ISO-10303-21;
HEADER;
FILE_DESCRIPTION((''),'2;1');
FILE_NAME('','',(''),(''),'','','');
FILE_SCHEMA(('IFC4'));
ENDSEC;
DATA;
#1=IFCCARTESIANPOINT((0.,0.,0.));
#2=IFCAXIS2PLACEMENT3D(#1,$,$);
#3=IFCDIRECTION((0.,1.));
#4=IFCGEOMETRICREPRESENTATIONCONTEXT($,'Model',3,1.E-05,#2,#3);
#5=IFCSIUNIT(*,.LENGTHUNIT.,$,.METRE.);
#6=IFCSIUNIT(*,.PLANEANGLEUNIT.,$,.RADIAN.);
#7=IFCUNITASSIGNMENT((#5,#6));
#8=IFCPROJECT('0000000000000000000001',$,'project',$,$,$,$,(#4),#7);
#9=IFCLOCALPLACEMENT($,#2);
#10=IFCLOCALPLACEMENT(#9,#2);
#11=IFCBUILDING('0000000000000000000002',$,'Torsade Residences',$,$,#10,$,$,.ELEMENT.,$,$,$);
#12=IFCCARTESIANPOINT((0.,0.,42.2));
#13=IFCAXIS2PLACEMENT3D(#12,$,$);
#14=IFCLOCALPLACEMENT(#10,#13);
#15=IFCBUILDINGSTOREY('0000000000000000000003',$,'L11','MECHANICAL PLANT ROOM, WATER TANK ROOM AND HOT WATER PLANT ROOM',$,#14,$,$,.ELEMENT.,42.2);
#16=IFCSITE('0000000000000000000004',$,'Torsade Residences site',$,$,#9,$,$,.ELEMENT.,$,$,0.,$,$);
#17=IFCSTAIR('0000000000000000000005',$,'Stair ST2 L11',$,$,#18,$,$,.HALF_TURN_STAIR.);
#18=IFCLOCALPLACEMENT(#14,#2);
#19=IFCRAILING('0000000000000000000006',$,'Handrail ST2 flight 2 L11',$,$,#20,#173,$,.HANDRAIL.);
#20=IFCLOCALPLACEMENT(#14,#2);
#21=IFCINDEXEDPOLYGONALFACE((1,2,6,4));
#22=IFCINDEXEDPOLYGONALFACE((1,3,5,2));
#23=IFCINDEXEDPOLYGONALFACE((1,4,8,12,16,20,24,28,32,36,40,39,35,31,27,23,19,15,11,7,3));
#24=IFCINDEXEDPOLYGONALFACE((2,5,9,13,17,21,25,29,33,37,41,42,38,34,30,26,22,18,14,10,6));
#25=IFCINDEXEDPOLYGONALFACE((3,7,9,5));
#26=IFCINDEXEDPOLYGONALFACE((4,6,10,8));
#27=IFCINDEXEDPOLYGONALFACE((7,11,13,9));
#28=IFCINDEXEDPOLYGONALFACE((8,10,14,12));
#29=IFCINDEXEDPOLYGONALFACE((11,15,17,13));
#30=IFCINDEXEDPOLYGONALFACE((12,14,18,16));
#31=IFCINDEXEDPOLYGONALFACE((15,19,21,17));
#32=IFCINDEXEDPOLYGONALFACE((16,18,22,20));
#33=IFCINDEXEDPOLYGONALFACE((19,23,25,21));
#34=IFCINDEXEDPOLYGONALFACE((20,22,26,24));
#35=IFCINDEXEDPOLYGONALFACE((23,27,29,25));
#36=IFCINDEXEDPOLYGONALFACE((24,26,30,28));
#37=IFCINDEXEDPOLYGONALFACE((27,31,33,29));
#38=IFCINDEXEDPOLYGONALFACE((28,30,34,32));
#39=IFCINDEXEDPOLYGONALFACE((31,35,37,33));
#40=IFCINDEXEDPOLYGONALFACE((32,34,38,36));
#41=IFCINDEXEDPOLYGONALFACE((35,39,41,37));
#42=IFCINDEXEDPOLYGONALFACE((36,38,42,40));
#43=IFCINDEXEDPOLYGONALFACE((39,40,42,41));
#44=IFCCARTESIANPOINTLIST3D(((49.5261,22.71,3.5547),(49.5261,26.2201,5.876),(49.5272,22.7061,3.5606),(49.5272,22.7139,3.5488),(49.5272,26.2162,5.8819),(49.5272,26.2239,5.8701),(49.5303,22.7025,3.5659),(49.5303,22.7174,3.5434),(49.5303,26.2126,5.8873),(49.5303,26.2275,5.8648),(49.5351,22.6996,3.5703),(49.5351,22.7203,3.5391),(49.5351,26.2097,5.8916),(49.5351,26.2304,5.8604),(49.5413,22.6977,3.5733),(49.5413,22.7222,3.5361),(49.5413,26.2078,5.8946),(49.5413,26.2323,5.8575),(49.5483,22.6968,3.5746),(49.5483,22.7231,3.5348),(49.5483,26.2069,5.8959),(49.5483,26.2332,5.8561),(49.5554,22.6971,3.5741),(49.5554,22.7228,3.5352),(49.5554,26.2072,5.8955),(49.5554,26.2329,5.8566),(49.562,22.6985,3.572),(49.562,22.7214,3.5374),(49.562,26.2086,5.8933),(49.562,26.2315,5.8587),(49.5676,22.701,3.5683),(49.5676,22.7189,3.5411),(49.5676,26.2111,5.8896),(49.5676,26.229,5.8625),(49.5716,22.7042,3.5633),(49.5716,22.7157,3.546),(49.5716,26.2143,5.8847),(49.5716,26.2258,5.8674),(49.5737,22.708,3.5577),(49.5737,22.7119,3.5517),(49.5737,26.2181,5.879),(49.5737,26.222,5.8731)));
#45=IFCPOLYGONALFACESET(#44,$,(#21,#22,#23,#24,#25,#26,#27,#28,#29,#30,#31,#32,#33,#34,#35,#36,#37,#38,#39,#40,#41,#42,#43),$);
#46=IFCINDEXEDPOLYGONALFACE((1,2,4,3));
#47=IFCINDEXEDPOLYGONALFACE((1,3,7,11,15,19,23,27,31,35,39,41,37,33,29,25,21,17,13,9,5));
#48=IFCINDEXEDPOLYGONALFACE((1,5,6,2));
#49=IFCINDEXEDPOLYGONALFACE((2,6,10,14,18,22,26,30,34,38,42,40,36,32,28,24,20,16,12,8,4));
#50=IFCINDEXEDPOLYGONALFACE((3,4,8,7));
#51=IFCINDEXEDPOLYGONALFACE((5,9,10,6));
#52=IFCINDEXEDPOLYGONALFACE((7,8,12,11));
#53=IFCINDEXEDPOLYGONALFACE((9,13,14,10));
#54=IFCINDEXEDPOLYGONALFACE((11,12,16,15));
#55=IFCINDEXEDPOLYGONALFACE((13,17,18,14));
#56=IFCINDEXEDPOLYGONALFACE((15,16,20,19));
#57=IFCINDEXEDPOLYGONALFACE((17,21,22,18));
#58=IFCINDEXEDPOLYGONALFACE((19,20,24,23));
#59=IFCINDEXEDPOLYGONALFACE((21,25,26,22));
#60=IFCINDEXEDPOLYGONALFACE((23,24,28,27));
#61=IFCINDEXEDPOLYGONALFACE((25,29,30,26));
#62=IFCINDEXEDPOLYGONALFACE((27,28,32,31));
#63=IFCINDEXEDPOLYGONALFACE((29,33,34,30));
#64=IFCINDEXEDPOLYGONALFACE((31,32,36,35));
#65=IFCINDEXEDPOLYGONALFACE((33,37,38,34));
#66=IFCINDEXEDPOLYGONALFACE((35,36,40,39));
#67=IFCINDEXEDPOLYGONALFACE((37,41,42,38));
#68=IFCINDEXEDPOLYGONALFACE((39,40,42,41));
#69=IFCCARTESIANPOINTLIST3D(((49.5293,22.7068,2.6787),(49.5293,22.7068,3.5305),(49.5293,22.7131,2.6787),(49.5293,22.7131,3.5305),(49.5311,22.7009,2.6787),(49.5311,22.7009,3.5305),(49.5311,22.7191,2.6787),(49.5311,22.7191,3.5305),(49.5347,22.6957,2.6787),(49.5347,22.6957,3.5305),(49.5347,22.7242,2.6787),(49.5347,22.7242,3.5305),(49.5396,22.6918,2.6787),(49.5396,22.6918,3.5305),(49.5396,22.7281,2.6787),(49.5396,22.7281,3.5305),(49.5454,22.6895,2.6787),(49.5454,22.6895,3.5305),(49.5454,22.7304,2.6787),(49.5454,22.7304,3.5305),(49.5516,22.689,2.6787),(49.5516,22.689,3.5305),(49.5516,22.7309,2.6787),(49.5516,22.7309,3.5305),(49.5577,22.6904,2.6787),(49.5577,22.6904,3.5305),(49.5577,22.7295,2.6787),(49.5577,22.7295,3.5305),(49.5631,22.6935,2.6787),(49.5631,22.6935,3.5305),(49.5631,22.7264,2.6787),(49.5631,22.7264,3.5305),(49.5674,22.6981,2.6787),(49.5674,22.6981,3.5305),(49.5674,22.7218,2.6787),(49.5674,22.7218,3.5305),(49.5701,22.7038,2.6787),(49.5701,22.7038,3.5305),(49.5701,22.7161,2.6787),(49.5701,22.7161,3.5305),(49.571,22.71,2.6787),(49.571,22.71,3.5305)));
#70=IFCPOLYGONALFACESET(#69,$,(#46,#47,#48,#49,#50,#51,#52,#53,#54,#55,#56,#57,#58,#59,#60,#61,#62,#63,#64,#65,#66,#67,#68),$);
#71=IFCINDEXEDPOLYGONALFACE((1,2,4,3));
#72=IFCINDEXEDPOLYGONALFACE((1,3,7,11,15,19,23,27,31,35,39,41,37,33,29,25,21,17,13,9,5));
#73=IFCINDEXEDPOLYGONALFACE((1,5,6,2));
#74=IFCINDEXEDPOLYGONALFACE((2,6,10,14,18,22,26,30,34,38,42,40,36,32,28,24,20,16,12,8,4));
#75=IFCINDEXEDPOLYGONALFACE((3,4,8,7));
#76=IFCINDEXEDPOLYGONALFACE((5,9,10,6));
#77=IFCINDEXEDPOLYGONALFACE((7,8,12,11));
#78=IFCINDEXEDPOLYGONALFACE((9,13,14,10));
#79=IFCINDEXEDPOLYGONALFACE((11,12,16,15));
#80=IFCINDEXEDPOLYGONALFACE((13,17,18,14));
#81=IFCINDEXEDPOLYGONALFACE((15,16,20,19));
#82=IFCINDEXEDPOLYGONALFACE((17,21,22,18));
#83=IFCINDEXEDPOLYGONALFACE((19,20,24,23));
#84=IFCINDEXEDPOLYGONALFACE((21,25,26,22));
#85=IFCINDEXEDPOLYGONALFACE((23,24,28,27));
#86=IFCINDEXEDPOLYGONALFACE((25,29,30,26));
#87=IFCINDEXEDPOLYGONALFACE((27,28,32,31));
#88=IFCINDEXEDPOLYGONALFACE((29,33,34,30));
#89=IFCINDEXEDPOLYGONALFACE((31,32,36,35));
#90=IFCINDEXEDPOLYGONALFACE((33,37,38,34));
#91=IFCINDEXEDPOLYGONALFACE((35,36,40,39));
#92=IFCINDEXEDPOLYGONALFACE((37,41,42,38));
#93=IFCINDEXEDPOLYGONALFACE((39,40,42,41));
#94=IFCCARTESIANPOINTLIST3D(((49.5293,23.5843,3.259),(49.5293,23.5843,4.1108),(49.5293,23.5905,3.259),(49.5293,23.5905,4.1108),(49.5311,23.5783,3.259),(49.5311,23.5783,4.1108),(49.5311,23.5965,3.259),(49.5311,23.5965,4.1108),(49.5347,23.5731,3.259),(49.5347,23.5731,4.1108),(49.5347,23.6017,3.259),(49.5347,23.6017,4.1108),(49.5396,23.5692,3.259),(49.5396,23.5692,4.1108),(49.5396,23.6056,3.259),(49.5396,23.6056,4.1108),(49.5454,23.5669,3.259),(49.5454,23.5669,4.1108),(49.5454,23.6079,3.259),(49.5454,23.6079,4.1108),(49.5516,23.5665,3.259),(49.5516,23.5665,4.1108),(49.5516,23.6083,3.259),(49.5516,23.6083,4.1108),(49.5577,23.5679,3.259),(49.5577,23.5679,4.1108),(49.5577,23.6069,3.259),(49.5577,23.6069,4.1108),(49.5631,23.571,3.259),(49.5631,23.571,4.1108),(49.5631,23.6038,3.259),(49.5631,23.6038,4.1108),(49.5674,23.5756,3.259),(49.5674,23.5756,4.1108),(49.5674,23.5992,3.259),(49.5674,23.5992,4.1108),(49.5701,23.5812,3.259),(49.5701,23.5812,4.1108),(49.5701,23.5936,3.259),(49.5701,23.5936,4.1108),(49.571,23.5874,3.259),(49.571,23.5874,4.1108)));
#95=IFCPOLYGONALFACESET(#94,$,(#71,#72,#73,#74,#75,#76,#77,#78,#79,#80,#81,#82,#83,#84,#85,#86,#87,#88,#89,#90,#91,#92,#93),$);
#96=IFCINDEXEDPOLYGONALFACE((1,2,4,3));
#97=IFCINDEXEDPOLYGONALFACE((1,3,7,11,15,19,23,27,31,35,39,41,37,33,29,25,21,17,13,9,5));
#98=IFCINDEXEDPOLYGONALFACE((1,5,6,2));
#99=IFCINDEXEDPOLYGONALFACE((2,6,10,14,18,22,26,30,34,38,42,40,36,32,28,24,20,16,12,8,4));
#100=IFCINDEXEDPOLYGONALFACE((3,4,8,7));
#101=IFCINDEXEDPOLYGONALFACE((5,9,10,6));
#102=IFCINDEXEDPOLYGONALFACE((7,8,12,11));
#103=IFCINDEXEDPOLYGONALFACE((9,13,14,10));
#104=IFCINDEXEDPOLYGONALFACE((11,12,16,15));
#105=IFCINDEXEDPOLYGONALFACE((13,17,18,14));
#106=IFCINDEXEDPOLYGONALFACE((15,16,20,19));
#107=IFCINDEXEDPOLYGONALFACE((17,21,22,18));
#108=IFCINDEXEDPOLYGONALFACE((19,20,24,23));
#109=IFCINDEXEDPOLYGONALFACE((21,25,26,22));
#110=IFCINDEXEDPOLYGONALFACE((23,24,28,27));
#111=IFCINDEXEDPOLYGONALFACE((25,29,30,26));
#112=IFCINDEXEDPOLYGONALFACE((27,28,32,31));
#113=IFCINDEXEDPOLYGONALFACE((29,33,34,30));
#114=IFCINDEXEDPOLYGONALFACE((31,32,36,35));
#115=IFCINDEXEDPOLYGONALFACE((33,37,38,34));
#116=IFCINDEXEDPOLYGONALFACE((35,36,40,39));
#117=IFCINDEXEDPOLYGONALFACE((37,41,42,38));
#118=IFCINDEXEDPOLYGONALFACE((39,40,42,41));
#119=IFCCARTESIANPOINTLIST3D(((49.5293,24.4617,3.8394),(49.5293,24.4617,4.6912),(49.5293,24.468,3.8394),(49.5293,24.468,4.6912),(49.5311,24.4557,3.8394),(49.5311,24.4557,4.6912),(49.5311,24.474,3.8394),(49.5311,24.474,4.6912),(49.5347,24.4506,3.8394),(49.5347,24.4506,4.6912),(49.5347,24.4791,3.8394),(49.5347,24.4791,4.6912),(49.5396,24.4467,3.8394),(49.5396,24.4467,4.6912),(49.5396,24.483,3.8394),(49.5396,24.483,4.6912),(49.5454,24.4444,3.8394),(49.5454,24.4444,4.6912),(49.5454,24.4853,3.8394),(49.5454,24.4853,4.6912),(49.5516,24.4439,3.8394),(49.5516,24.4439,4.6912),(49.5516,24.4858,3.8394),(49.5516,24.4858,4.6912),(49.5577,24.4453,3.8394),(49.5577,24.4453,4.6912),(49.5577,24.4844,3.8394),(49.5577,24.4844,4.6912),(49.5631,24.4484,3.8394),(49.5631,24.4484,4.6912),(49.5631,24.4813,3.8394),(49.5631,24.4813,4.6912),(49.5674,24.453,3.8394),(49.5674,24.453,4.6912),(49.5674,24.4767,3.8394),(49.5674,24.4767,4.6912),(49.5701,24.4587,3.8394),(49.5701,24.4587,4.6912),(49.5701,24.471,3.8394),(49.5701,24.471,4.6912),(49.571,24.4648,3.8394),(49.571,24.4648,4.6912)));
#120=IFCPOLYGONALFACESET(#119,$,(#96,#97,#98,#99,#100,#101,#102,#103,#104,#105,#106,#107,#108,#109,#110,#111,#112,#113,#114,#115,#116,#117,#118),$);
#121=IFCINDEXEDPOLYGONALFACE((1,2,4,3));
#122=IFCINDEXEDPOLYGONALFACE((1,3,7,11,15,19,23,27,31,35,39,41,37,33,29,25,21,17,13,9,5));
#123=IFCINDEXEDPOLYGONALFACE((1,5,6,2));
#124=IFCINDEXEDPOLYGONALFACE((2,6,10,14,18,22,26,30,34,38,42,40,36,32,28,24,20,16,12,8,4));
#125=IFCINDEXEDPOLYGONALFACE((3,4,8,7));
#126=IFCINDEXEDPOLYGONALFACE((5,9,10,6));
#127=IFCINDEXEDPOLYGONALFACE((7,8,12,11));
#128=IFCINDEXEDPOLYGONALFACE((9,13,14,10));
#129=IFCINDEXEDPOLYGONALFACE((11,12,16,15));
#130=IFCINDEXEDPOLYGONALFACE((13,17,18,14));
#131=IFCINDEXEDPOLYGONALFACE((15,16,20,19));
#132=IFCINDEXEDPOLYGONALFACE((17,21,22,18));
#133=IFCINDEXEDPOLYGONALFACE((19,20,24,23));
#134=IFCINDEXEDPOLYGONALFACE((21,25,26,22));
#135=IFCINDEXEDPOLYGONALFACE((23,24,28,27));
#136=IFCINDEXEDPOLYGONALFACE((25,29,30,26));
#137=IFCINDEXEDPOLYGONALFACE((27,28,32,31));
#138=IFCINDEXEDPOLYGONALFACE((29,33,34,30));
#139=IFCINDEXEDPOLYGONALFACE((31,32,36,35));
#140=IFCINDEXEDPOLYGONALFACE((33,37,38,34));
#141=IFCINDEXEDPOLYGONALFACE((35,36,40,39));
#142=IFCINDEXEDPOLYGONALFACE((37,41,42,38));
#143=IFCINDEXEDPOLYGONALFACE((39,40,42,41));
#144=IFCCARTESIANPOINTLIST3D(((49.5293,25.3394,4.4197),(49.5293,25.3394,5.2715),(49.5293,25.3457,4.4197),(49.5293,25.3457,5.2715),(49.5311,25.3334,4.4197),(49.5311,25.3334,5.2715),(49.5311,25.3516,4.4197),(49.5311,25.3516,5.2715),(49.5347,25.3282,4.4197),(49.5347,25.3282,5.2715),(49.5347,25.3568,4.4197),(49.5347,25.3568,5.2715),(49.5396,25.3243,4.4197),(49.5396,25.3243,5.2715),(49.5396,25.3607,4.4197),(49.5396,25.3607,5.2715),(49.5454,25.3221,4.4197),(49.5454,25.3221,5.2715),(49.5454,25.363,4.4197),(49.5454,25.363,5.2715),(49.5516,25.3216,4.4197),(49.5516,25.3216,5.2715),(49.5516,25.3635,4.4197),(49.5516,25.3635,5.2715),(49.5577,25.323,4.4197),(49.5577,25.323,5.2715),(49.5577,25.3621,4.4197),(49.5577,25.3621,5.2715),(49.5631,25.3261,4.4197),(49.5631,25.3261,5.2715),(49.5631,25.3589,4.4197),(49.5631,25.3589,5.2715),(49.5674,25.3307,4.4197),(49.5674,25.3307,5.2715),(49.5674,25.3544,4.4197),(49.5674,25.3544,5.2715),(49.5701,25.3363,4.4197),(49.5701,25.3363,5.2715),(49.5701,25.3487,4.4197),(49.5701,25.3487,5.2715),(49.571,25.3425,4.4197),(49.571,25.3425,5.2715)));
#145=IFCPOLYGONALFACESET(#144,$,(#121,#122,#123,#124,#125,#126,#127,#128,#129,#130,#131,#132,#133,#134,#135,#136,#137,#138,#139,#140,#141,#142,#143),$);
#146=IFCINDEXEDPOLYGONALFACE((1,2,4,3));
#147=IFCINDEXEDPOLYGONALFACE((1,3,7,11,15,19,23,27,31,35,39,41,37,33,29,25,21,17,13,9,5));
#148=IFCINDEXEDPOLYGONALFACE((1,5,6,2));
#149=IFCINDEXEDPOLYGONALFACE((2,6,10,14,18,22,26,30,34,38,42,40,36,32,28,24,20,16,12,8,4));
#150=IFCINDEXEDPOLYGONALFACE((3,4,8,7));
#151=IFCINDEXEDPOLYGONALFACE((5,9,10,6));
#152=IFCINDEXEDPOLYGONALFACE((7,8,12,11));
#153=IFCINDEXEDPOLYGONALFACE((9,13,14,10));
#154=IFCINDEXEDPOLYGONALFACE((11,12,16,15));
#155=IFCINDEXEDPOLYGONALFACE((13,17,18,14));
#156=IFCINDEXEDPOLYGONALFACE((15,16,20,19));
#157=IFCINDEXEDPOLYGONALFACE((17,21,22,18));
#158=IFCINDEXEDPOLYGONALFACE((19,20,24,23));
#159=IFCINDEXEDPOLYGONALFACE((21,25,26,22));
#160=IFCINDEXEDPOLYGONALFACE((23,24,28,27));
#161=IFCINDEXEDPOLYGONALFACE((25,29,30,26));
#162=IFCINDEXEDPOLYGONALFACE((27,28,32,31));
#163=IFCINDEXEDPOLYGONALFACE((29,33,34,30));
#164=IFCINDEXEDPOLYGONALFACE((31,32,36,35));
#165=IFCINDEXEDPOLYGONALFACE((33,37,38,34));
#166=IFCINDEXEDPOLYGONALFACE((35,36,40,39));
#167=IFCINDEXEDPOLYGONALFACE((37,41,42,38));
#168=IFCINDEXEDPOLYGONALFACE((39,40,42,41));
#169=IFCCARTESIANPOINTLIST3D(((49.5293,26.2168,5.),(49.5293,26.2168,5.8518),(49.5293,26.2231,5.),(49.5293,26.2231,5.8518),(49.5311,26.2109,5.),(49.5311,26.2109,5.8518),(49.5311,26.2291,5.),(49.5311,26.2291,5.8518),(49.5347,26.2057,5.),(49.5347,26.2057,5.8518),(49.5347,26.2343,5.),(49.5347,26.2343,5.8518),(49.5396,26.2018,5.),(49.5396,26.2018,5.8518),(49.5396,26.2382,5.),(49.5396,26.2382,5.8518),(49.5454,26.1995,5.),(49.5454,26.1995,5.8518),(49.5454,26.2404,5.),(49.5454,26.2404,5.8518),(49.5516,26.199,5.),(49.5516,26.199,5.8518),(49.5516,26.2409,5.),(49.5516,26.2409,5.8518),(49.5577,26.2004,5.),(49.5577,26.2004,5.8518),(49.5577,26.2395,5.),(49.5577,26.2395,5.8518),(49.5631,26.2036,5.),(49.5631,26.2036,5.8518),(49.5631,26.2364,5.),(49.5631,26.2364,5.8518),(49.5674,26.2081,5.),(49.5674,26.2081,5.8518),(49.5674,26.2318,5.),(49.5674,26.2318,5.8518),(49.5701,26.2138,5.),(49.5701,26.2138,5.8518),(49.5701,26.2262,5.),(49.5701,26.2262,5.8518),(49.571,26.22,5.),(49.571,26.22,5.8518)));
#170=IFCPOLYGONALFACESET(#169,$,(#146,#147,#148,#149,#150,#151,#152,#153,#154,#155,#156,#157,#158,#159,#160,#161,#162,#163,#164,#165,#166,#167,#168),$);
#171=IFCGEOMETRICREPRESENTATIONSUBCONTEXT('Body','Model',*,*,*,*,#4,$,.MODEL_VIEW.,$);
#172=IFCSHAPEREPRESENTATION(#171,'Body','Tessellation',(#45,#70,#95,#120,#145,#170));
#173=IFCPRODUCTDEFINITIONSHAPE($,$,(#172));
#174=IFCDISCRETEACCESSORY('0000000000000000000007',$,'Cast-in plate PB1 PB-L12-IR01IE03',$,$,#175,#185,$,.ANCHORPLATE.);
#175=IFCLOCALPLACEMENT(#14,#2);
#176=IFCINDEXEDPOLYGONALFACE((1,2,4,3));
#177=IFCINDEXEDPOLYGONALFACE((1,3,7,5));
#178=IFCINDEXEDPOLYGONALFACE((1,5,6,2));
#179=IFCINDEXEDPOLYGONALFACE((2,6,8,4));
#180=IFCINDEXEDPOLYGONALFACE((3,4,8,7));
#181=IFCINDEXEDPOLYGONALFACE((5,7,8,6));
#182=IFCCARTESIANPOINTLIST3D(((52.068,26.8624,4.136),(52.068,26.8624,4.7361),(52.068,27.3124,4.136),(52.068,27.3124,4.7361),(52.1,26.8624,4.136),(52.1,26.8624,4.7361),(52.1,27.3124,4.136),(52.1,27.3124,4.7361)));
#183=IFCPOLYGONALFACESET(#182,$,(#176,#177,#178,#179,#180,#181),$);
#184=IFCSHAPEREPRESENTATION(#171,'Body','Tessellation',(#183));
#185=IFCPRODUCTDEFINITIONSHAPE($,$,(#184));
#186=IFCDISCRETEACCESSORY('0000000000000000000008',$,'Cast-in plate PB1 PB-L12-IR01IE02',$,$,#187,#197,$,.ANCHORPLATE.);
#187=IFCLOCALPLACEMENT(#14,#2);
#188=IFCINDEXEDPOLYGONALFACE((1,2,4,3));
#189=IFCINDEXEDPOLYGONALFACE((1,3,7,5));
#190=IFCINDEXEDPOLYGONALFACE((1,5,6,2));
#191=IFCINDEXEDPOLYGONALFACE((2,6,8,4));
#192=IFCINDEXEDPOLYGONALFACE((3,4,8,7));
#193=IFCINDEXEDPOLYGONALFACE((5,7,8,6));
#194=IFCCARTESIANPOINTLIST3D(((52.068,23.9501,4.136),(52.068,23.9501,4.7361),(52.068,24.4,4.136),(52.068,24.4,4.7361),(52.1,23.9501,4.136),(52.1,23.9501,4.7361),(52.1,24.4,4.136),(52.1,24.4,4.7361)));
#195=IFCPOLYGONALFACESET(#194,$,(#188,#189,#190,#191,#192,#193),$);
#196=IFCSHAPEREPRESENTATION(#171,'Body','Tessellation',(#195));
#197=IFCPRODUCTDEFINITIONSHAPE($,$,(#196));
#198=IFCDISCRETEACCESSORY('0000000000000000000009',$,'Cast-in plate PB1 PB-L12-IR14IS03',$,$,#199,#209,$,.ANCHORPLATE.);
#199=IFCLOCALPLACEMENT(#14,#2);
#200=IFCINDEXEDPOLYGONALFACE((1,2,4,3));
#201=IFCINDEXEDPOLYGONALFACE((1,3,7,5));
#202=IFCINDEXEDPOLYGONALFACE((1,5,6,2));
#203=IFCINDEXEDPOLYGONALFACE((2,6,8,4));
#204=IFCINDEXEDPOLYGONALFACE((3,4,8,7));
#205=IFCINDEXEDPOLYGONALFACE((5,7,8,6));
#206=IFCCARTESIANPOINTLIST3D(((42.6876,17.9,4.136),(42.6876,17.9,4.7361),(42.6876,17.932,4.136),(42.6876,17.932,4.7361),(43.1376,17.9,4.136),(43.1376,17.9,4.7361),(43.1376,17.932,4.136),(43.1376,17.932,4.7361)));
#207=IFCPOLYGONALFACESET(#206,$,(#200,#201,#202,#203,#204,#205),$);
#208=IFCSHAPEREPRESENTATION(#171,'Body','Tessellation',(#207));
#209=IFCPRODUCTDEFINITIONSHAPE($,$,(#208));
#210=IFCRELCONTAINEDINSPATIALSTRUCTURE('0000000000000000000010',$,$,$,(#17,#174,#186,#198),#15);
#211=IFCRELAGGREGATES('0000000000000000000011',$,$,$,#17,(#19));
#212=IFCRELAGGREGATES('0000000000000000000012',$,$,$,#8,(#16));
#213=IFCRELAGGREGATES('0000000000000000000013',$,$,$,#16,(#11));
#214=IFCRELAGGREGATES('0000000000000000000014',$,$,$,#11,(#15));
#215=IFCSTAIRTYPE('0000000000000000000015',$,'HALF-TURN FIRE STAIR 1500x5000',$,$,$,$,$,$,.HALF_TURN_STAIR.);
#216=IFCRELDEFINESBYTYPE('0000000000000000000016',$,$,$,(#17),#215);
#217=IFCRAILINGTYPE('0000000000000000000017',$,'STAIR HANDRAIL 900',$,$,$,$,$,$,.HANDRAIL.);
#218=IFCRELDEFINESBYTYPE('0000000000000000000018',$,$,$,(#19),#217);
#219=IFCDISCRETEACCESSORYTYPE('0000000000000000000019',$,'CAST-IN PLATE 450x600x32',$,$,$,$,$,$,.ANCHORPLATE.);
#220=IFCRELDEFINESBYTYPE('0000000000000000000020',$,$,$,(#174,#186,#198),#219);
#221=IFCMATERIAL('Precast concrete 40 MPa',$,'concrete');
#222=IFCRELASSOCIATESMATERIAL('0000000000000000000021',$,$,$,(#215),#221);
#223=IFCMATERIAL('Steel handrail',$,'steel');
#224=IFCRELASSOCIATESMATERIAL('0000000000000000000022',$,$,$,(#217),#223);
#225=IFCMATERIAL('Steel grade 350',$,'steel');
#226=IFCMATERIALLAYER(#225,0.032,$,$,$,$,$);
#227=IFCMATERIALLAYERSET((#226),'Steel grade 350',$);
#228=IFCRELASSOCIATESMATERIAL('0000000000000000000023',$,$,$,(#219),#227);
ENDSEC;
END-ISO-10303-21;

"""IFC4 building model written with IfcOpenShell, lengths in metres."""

from ifc_helpers import new_model, si_unit, direction, frame, origin, origin_2d, place, context, subcontext, project, spatial, rectangle, circle, extrude, material, layer, layer_set, type_object, element, aggregate, save


model = new_model("IFC4")

# Units and contexts
model_context = context("Model", 3, precision=1e-05, world=origin(), true_north=direction((0.0, 1.0)))
body_context = subcontext(model_context, "Body", "Model", "MODEL_VIEW")
ifc_project = project(units=[si_unit("LENGTHUNIT", "METRE"), si_unit("PLANEANGLEUNIT", "RADIAN")], contexts=[model_context])

# Site, building, storey
site_placement = place(None, origin())
site = spatial("IfcSite", under=ifc_project, at=site_placement, Name="Torsade Residences site", CompositionType="ELEMENT", RefElevation=0.0)
building_placement = place(site_placement, origin())
building = spatial("IfcBuilding", under=site, at=building_placement, Name="Torsade Residences", CompositionType="ELEMENT")
storey_placement = place(building_placement, frame((0.0, 0.0, 42.2)))
storey = spatial("IfcBuildingStorey", under=building, at=storey_placement, Name="L11", Description="MECHANICAL PLANT ROOM, WATER TANK ROOM AND HOT WATER PLANT ROOM", CompositionType="ELEMENT", Elevation=42.2)

# Stair, railing
ifc_material_1 = material(Name="Precast concrete 40 MPa", Category="concrete")
stair_type = type_object("IfcStairType", Name="HALF-TURN FIRE STAIR 1500x5000", PredefinedType="HALF_TURN_STAIR", material=ifc_material_1)
stair_placement = place(storey_placement, origin())
stair = element("IfcStair", 1, at=stair_placement, inside=storey, type_object=stair_type, Name="Stair ST2 L11", PredefinedType="HALF_TURN_STAIR")
ifc_material_2 = material(Name="Steel handrail", Category="steel")
railing_type = type_object("IfcRailingType", Name="STAIR HANDRAIL 900", PredefinedType="HANDRAIL", material=ifc_material_2)
railing_1_placement = place(storey_placement, frame((49.55, 22.71, 2.6787)))
railing_1 = element("IfcRailing", 2, at=railing_1_placement, type_object=railing_type, Name="Handrail ST2 flight 2 L11", PredefinedType="HANDRAIL", context=body_context, shape_type="SweptSolid", body=[
    extrude(circle(Radius=0.0239, at=origin_2d()), frame((0.0, 0.0, 0.876), z_axis=(0.0, 0.834097, 0.551617), x_axis=(-1.0, 0.0, 0.0)), (0.0, 0.0, 1.0), 4.2083),
    extrude(circle(Radius=0.021, at=origin_2d()), origin(), (0.0, 0.0, 1.0), 0.8518),
    extrude(circle(Radius=0.021, at=origin_2d()), frame((0.0, 0.8774, 0.5803)), (0.0, 0.0, 1.0), 0.8518),
    extrude(circle(Radius=0.021, at=origin_2d()), frame((0.0, 1.7549, 1.1606)), (0.0, 0.0, 1.0), 0.8518),
    extrude(circle(Radius=0.021, at=origin_2d()), frame((0.0, 2.6326, 1.741)), (0.0, 0.0, 1.0), 0.8518),
    extrude(circle(Radius=0.021, at=origin_2d()), frame((0.0, 3.51, 2.3213)), (0.0, 0.0, 1.0), 0.8518),
])
aggregate(stair, [railing_1])

# Discrete accessories
ifc_material_3 = material(Name="Steel grade 350", Category="steel")
ifc_layer_1 = layer(ifc_material_3, 0.032)
ifc_layer_set_1 = layer_set([ifc_layer_1], Name="Steel grade 350")
discrete_accessory_type_1 = type_object("IfcDiscreteAccessoryType", Name="CAST-IN PLATE 450x600x32", PredefinedType="ANCHORPLATE", material=ifc_layer_set_1)
for number, where, z_axis, x_axis, name in (
    (3, (52.084, 27.0874, 4.136), (0.0, 0.0, 1.0), (1.0, 0.0, 0.0), "Cast-in plate PB1 PB-L12-IR01IE03"),
    (4, (52.084, 24.175, 4.136), (0.0, 0.0, 1.0), (1.0, 0.0, 0.0), "Cast-in plate PB1 PB-L12-IR01IE02"),
):
    element("IfcDiscreteAccessory", number, at=place(storey_placement, frame(where, z_axis=z_axis, x_axis=x_axis)), inside=storey, type_object=discrete_accessory_type_1, Name=name, PredefinedType="ANCHORPLATE", context=body_context, shape_type="SweptSolid", body=[
        extrude(rectangle(XDim=0.032, YDim=0.45, at=origin_2d()), origin(), (0.0, 0.0, 1.0), 0.6001),
    ])
for number, where, z_axis, x_axis, name in (
    (5, (42.9126, 17.916, 4.136), (0.0, 0.0, 1.0), (1.0, 0.0, 0.0), "Cast-in plate PB1 PB-L12-IR14IS03"),
):
    element("IfcDiscreteAccessory", number, at=place(storey_placement, frame(where, z_axis=z_axis, x_axis=x_axis)), inside=storey, type_object=discrete_accessory_type_1, Name=name, PredefinedType="ANCHORPLATE", context=body_context, shape_type="SweptSolid", body=[
        extrude(rectangle(XDim=0.45, YDim=0.032, at=origin_2d()), origin(), (0.0, 0.0, 1.0), 0.6001),
    ])

save(model, "model.ifc")
